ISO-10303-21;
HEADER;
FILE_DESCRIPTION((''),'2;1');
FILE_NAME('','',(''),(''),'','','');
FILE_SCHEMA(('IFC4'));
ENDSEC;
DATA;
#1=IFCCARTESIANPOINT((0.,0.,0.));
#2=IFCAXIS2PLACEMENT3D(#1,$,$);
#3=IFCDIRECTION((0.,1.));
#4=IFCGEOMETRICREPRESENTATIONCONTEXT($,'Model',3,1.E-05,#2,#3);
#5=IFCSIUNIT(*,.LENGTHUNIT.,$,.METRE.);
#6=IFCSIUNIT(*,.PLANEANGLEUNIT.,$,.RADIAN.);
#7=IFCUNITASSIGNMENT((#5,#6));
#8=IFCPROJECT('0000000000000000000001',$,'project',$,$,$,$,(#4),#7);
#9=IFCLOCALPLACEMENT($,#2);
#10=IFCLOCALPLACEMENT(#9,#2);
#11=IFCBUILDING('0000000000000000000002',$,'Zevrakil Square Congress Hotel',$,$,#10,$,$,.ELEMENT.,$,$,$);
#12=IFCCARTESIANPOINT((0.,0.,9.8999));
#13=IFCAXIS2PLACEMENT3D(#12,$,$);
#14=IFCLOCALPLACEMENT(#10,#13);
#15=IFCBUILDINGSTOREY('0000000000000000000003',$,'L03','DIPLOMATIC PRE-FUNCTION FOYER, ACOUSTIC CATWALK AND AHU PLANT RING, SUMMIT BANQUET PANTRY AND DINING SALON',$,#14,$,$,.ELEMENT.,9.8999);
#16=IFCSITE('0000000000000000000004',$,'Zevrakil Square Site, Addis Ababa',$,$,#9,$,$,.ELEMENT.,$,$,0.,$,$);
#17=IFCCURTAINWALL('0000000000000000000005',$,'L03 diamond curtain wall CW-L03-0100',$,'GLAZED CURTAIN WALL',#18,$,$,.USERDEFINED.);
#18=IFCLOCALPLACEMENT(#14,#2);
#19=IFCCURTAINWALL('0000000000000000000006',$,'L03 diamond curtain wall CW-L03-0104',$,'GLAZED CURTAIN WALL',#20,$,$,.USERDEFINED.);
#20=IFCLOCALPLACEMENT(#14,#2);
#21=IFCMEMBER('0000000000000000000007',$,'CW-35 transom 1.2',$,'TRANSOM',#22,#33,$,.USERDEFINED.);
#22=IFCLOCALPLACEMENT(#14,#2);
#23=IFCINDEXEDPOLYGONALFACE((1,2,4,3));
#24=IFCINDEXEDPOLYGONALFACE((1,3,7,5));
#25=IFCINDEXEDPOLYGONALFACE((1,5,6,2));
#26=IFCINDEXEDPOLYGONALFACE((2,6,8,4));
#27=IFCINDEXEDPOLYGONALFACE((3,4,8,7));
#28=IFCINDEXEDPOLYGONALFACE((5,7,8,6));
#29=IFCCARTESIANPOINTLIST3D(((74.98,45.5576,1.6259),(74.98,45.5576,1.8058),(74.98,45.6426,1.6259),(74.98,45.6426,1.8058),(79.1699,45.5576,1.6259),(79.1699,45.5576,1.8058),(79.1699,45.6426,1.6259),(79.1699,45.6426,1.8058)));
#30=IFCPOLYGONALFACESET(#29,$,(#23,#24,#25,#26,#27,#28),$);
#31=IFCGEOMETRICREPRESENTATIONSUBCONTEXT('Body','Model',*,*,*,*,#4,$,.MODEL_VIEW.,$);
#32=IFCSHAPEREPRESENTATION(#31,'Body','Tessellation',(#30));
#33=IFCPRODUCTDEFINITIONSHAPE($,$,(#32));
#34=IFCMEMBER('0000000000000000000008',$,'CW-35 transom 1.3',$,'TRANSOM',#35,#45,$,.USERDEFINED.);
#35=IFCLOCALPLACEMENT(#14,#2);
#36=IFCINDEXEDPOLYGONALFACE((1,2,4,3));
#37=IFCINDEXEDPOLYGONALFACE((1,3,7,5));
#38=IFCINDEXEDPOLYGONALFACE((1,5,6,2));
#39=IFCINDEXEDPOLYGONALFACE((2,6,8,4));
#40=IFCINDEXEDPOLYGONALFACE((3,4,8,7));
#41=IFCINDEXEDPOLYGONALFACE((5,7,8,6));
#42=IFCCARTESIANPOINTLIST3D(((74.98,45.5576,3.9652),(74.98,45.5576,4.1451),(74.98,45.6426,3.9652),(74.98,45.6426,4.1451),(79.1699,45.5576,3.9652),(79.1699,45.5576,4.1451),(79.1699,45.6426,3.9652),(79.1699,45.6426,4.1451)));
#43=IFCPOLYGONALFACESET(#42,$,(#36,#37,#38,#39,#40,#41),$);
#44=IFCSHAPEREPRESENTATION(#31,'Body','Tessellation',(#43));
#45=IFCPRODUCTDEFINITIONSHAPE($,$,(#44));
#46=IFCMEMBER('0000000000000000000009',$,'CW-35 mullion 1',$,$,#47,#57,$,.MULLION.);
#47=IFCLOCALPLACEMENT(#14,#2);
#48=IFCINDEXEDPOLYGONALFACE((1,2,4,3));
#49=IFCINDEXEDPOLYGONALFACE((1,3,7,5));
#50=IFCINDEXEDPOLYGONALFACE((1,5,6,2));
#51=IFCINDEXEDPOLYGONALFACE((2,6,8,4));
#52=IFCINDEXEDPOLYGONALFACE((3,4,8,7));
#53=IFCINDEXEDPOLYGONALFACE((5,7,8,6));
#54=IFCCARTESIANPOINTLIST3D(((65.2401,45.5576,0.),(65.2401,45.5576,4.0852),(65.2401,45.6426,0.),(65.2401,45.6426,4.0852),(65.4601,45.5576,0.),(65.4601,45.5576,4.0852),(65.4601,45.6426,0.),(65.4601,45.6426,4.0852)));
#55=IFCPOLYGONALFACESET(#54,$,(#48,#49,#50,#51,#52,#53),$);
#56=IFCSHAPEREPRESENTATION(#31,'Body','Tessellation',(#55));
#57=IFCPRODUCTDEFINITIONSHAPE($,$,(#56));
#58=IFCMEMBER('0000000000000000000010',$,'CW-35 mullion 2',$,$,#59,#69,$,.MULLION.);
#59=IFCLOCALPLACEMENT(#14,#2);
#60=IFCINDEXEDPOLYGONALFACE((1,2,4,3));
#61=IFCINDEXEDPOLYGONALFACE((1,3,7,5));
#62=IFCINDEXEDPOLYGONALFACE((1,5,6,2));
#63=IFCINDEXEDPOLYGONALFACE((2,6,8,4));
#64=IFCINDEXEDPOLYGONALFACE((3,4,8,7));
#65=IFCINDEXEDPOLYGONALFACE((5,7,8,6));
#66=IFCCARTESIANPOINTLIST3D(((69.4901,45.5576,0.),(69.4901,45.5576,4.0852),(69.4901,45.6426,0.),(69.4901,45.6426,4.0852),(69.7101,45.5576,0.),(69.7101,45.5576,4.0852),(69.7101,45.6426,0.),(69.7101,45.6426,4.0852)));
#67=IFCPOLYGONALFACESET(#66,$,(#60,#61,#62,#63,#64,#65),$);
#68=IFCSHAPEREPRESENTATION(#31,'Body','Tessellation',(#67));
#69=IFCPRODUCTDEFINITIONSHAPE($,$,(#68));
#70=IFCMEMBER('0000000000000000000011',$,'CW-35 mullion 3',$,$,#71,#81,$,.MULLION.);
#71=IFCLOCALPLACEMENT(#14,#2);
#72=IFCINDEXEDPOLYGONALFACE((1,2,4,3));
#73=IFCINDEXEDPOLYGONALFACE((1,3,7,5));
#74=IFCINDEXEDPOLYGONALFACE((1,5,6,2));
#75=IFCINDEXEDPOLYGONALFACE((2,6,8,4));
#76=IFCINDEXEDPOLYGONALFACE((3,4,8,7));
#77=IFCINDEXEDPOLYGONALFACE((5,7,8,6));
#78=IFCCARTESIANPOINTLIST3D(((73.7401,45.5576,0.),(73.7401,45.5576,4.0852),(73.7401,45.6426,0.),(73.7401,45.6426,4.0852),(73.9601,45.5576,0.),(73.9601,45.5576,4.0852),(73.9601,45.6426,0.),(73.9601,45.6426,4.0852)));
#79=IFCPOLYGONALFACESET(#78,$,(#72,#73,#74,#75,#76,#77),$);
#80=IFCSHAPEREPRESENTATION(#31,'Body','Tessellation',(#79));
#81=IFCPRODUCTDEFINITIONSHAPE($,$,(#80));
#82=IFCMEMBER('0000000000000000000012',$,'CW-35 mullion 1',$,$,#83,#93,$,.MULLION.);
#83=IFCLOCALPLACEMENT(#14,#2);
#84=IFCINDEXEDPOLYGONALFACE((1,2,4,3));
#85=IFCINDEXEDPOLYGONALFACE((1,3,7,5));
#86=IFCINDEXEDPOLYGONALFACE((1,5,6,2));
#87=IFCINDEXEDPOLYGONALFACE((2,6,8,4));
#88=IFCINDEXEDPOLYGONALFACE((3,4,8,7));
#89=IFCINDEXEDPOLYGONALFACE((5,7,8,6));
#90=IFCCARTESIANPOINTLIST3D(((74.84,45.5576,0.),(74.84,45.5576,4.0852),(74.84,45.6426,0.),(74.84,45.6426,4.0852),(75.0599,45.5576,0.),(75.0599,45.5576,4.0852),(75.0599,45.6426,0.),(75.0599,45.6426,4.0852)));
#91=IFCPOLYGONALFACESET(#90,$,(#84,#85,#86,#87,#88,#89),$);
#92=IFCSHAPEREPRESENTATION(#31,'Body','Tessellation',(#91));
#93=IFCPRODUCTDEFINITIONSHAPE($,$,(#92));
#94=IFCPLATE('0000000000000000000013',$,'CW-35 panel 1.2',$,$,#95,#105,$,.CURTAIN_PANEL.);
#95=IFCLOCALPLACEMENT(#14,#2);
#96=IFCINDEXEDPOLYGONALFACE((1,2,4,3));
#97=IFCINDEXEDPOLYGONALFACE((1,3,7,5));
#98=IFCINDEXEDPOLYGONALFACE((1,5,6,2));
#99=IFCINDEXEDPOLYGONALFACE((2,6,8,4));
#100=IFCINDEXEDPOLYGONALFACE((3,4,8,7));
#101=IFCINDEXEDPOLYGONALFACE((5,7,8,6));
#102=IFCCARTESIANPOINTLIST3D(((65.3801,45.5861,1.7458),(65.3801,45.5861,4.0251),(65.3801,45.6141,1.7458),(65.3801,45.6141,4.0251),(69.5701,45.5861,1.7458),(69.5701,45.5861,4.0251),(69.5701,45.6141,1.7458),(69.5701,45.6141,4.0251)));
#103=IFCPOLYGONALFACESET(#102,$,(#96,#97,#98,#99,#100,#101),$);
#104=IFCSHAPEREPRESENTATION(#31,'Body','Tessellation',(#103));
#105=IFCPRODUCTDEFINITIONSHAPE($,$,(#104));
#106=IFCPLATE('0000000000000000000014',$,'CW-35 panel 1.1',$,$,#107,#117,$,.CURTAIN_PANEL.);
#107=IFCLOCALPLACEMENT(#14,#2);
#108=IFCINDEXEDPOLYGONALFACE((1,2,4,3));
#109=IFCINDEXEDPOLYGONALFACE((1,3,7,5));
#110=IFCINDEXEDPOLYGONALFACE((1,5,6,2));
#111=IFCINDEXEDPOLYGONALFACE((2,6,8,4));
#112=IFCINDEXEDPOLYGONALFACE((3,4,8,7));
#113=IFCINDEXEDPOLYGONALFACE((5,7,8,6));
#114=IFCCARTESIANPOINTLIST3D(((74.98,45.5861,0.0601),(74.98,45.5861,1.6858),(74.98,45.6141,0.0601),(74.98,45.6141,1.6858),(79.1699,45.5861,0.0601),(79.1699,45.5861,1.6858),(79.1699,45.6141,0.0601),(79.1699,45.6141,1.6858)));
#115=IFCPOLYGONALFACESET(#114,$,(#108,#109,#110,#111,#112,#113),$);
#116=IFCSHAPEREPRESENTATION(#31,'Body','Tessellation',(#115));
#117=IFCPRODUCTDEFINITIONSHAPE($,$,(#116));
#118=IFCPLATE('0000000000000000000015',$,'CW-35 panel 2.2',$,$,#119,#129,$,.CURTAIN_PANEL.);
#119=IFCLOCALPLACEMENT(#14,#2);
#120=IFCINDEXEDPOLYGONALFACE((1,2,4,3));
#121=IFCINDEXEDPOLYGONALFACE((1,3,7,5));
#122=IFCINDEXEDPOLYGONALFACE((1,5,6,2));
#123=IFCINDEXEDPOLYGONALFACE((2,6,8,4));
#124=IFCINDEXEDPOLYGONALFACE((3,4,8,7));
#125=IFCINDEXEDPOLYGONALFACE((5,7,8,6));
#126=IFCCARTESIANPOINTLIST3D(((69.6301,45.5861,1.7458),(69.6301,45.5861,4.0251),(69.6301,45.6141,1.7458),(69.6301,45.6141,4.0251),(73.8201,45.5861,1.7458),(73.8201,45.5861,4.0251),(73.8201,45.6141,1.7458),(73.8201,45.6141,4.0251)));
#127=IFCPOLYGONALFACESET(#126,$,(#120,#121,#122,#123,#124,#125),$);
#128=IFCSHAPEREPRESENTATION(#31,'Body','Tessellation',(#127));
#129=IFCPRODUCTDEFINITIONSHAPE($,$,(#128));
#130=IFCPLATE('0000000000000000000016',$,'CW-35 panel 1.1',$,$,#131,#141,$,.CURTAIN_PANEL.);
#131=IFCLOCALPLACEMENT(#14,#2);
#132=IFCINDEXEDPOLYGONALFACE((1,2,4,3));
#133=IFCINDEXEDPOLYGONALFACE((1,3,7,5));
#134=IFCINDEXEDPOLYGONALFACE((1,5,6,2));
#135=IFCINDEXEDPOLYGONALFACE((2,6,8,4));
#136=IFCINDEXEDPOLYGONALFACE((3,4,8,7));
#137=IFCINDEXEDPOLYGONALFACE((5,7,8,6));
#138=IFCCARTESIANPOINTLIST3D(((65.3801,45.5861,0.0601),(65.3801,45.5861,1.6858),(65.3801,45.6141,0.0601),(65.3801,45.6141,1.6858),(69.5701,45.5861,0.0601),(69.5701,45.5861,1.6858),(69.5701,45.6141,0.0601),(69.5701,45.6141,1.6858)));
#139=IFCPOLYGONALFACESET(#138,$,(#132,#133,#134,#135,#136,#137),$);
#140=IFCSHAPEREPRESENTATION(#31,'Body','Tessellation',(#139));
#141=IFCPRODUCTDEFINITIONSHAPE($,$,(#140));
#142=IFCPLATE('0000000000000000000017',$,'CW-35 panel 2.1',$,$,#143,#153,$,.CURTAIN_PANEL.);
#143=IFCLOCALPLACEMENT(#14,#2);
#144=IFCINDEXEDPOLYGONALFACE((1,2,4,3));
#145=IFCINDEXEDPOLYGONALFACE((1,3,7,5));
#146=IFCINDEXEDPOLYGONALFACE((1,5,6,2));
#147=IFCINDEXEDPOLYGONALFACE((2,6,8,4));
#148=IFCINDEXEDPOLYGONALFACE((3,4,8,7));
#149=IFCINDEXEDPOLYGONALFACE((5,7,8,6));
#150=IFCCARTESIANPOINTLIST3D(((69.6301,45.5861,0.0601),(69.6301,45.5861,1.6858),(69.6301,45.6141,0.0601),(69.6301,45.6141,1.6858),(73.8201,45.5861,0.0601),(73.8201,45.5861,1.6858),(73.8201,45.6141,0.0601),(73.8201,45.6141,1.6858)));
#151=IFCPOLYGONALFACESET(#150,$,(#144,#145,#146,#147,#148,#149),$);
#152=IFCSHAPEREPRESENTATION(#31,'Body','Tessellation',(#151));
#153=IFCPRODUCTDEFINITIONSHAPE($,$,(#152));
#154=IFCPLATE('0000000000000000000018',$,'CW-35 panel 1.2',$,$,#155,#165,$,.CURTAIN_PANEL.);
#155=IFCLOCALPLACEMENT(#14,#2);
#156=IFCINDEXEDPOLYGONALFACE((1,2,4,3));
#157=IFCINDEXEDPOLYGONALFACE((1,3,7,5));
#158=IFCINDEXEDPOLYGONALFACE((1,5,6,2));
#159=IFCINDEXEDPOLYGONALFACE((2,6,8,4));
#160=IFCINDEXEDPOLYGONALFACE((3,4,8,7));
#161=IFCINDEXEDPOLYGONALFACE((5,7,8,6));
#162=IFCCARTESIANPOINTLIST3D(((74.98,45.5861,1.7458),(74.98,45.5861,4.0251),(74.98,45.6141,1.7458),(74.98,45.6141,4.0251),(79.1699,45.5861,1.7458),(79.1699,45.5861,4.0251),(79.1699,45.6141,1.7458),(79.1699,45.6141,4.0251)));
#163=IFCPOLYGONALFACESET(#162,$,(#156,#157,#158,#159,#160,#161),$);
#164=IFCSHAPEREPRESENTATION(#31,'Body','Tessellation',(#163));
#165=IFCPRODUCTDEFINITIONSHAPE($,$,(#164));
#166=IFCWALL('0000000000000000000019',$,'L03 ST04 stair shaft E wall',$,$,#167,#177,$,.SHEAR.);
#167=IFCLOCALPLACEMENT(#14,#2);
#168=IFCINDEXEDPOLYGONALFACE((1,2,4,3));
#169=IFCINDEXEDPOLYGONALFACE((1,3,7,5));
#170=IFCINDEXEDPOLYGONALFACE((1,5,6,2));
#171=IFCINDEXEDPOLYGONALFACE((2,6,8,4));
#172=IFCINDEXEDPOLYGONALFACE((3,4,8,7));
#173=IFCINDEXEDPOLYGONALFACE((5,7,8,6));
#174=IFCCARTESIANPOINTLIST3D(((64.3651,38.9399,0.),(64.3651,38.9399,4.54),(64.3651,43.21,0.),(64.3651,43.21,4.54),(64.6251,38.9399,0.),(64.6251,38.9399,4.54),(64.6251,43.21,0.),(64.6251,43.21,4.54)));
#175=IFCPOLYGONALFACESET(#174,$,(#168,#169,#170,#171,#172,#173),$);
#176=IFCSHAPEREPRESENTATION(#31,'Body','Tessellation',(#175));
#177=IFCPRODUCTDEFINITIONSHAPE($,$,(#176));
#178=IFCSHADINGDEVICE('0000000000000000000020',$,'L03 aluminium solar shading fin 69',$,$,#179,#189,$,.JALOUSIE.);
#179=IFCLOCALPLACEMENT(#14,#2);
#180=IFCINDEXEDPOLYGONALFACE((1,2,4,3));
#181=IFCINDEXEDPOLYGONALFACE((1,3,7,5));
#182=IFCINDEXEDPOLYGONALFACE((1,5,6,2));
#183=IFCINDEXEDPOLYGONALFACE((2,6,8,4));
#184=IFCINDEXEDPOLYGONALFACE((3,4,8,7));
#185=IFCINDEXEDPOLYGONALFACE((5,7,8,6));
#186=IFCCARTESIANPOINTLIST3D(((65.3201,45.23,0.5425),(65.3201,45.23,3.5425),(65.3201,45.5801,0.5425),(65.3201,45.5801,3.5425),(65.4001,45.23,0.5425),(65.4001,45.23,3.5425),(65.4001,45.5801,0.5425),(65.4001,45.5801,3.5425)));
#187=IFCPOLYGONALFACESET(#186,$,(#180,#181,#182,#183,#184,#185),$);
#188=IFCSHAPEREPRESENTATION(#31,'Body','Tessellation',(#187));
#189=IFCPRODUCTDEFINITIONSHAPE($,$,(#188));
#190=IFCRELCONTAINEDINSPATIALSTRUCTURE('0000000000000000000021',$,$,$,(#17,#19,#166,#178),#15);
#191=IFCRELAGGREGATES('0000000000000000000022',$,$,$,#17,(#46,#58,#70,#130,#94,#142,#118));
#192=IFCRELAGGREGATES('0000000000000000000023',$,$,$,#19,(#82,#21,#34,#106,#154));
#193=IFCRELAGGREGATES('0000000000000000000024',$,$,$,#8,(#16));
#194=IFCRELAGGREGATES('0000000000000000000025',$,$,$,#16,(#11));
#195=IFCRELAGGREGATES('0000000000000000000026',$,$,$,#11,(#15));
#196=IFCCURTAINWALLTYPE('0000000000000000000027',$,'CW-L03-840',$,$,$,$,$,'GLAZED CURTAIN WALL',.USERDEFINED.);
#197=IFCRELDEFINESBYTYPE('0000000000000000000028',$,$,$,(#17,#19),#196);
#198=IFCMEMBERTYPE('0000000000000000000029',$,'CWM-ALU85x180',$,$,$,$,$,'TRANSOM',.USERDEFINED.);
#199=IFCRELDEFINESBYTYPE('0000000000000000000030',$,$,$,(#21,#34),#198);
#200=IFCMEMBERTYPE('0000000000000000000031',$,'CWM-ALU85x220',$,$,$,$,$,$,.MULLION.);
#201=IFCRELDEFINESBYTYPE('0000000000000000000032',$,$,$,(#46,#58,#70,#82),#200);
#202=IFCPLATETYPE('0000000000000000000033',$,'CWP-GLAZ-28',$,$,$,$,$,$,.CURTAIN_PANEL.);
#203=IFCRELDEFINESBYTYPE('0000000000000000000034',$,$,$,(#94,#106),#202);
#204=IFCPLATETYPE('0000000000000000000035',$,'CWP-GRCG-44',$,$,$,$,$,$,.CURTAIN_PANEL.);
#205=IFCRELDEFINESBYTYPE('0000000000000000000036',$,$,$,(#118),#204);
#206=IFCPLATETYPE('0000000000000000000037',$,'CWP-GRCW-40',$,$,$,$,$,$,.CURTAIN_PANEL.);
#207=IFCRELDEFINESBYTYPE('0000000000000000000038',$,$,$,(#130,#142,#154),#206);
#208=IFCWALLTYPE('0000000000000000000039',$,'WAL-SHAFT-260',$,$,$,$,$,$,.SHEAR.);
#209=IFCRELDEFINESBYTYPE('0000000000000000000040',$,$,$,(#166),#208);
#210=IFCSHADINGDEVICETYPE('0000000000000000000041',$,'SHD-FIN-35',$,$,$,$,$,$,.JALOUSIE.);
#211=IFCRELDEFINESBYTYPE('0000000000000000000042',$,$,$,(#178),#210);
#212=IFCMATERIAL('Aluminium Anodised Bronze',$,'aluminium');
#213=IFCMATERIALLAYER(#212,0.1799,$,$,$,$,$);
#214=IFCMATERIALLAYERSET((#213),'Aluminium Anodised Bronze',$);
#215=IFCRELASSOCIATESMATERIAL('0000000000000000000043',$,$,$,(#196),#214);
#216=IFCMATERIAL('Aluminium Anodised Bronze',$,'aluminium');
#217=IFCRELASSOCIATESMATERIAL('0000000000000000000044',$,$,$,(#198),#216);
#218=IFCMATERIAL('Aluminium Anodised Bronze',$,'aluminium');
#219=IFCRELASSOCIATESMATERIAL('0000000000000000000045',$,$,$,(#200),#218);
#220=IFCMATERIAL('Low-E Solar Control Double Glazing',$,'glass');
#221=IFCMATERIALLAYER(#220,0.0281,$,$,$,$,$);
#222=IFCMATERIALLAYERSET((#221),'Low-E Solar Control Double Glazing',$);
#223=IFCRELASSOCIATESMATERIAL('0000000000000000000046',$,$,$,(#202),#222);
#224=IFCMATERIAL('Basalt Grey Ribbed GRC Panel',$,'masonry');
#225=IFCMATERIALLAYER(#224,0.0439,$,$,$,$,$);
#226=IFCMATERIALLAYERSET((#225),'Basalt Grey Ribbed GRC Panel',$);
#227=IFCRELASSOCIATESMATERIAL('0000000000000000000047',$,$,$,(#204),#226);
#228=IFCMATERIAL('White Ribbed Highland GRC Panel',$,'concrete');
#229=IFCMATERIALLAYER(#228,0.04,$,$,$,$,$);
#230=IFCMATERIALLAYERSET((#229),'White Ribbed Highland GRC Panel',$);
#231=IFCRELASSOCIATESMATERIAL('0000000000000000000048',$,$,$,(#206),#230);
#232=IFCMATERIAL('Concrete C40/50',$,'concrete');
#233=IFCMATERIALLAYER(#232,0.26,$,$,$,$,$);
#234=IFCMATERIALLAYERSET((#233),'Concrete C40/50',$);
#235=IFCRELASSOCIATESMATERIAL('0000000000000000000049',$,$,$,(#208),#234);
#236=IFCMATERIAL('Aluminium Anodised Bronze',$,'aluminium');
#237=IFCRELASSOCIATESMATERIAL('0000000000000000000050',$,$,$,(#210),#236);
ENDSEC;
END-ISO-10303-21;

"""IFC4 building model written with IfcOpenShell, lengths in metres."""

from ifc_helpers import new_model, si_unit, direction, frame, frame_2d, origin, origin_2d, place, context, subcontext, project, spatial, rectangle, extrude, material, layer, layer_set, material_profile, profile_set, type_object, element, aggregate, save


model = new_model("IFC4")

# Units and contexts
model_context = context("Model", 3, precision=1e-05, world=origin(), true_north=direction((0.0, 1.0)))
body_context = subcontext(model_context, "Body", "Model", "MODEL_VIEW")
ifc_project = project(units=[si_unit("LENGTHUNIT", "METRE"), si_unit("PLANEANGLEUNIT", "RADIAN")], contexts=[model_context])

# Site, building, storey
site_placement = place(None, origin())
site = spatial("IfcSite", under=ifc_project, at=site_placement, Name="Zevrakil Square Site, Addis Ababa", CompositionType="ELEMENT", RefElevation=0.0)
building_placement = place(site_placement, origin())
building = spatial("IfcBuilding", under=site, at=building_placement, Name="Zevrakil Square Congress Hotel", CompositionType="ELEMENT")
storey_placement = place(building_placement, frame((0.0, 0.0, 9.8999)))
storey = spatial("IfcBuildingStorey", under=building, at=storey_placement, Name="L03", Description="DIPLOMATIC PRE-FUNCTION FOYER, ACOUSTIC CATWALK AND AHU PLANT RING, SUMMIT BANQUET PANTRY AND DINING SALON", CompositionType="ELEMENT", Elevation=9.8999)

# Curtain walls, members
ifc_material_1 = material(Name="Aluminium Anodised Bronze", Category="aluminium")
ifc_layer_1 = layer(ifc_material_1, 0.1799)
ifc_layer_set_1 = layer_set([ifc_layer_1], Name="Aluminium Anodised Bronze")
curtain_wall_type = type_object("IfcCurtainWallType", Name="CW-L03-840", ElementType="GLAZED CURTAIN WALL", PredefinedType="USERDEFINED", material=ifc_layer_set_1)
curtain_wall_1_placement = place(storey_placement, origin())
curtain_wall_1 = element("IfcCurtainWall", 1, at=curtain_wall_1_placement, inside=storey, type_object=curtain_wall_type, Name="L03 diamond curtain wall CW-L03-0100", ObjectType="GLAZED CURTAIN WALL", PredefinedType="USERDEFINED")
ifc_material_2 = material(Name="Aluminium Anodised Bronze", Category="aluminium")
ifc_material_profile_1 = material_profile(ifc_material_2, rectangle(XDim=0.085, YDim=0.1799, at=origin_2d()), Name="ALU 85x180")
ifc_profile_set_1 = profile_set([ifc_material_profile_1], Name="Aluminium Anodised Bronze")
member_type_1 = type_object("IfcMemberType", Name="CWM-ALU85x180", ElementType="TRANSOM", PredefinedType="USERDEFINED", material=ifc_profile_set_1)
curtain_wall_2_placement = place(storey_placement, origin())
curtain_wall_2 = element("IfcCurtainWall", 2, at=curtain_wall_2_placement, inside=storey, type_object=curtain_wall_type, Name="L03 diamond curtain wall CW-L03-0104", ObjectType="GLAZED CURTAIN WALL", PredefinedType="USERDEFINED")
member_1_placement = place(storey_placement, frame((74.98, 45.6001, 1.7158), z_axis=(1.0, 0.0, 0.0), x_axis=(0.0, 1.0, 0.0)))
member_1 = element("IfcMember", 3, at=member_1_placement, type_object=member_type_1, Name="CW-35 transom 1.2", ObjectType="TRANSOM", PredefinedType="USERDEFINED", context=body_context, shape_type="SweptSolid", body=[
    extrude(rectangle(XDim=0.085, YDim=0.1799, at=origin_2d()), origin(), (0.0, 0.0, 1.0), 4.1899),
])
member_2_placement = place(storey_placement, frame((74.98, 45.6001, 4.0552), z_axis=(1.0, 0.0, 0.0), x_axis=(0.0, 1.0, 0.0)))
member_2 = element("IfcMember", 4, at=member_2_placement, type_object=member_type_1, Name="CW-35 transom 1.3", ObjectType="TRANSOM", PredefinedType="USERDEFINED", context=body_context, shape_type="SweptSolid", body=[
    extrude(rectangle(XDim=0.085, YDim=0.1799, at=origin_2d()), origin(), (0.0, 0.0, 1.0), 4.1899),
])

# Members
ifc_material_3 = material(Name="Aluminium Anodised Bronze", Category="aluminium")
ifc_material_profile_2 = material_profile(ifc_material_3, rectangle(XDim=0.085, YDim=0.22, at=origin_2d()), Name="ALU 85x220")
ifc_profile_set_2 = profile_set([ifc_material_profile_2], Name="Aluminium Anodised Bronze")
member_type_2 = type_object("IfcMemberType", Name="CWM-ALU85x220", PredefinedType="MULLION", material=ifc_profile_set_2)
member_3_placement = place(storey_placement, frame((65.3501, 45.6001, 0.0), z_axis=(0.0, 0.0, 1.0), x_axis=(0.0, 1.0, 0.0)))
member_3 = element("IfcMember", 5, at=member_3_placement, type_object=member_type_2, Name="CW-35 mullion 1", PredefinedType="MULLION", context=body_context, shape_type="SweptSolid", body=[
    extrude(rectangle(XDim=0.085, YDim=0.22, at=origin_2d()), origin(), (0.0, 0.0, 1.0), 4.0852),
])
member_4_placement = place(storey_placement, frame((69.6001, 45.6001, 0.0), z_axis=(0.0, 0.0, 1.0), x_axis=(0.0, 1.0, 0.0)))
member_4 = element("IfcMember", 6, at=member_4_placement, type_object=member_type_2, Name="CW-35 mullion 2", PredefinedType="MULLION", context=body_context, shape_type="SweptSolid", body=[
    extrude(rectangle(XDim=0.085, YDim=0.22, at=origin_2d()), origin(), (0.0, 0.0, 1.0), 4.0852),
])
member_5_placement = place(storey_placement, frame((73.8501, 45.6001, 0.0), z_axis=(0.0, 0.0, 1.0), x_axis=(0.0, 1.0, 0.0)))
member_5 = element("IfcMember", 7, at=member_5_placement, type_object=member_type_2, Name="CW-35 mullion 3", PredefinedType="MULLION", context=body_context, shape_type="SweptSolid", body=[
    extrude(rectangle(XDim=0.085, YDim=0.22, at=origin_2d()), origin(), (0.0, 0.0, 1.0), 4.0852),
])
member_6_placement = place(storey_placement, frame((74.95, 45.6001, 0.0), z_axis=(0.0, 0.0, 1.0), x_axis=(0.0, 1.0, 0.0)))
member_6 = element("IfcMember", 8, at=member_6_placement, type_object=member_type_2, Name="CW-35 mullion 1", PredefinedType="MULLION", context=body_context, shape_type="SweptSolid", body=[
    extrude(rectangle(XDim=0.085, YDim=0.22, at=origin_2d()), origin(), (0.0, 0.0, 1.0), 4.0852),
])

# Plates
ifc_material_4 = material(Name="Low-E Solar Control Double Glazing", Category="glass")
ifc_layer_2 = layer(ifc_material_4, 0.0281)
ifc_layer_set_2 = layer_set([ifc_layer_2], Name="Low-E Solar Control Double Glazing")
plate_type_1 = type_object("IfcPlateType", Name="CWP-GLAZ-28", PredefinedType="CURTAIN_PANEL", material=ifc_layer_set_2)
plate_1_placement = place(storey_placement, frame((67.4751, 45.6001, 1.7458), z_axis=(0.0, 0.0, 1.0), x_axis=(1.0, 0.0, 0.0)))
plate_1 = element("IfcPlate", 9, at=plate_1_placement, type_object=plate_type_1, Name="CW-35 panel 1.2", PredefinedType="CURTAIN_PANEL", context=body_context, shape_type="SweptSolid", body=[
    extrude(rectangle(XDim=4.1899, YDim=0.0281, at=origin_2d()), origin(), (0.0, 0.0, 1.0), 2.2793),
])
plate_2_placement = place(storey_placement, frame((77.075, 45.6001, 0.0601), z_axis=(0.0, 0.0, 1.0), x_axis=(1.0, 0.0, 0.0)))
plate_2 = element("IfcPlate", 10, at=plate_2_placement, type_object=plate_type_1, Name="CW-35 panel 1.1", PredefinedType="CURTAIN_PANEL", context=body_context, shape_type="SweptSolid", body=[
    extrude(rectangle(XDim=4.1899, YDim=0.0281, at=origin_2d()), origin(), (0.0, 0.0, 1.0), 1.6257),
])
ifc_material_5 = material(Name="Basalt Grey Ribbed GRC Panel", Category="masonry")
ifc_layer_3 = layer(ifc_material_5, 0.0439)
ifc_layer_set_3 = layer_set([ifc_layer_3], Name="Basalt Grey Ribbed GRC Panel")
plate_type_2 = type_object("IfcPlateType", Name="CWP-GRCG-44", PredefinedType="CURTAIN_PANEL", material=ifc_layer_set_3)
plate_3_placement = place(storey_placement, frame((71.7251, 45.6001, 1.7458), z_axis=(0.0, 0.0, 1.0), x_axis=(1.0, 0.0, 0.0)))
plate_3 = element("IfcPlate", 11, at=plate_3_placement, type_object=plate_type_2, Name="CW-35 panel 2.2", PredefinedType="CURTAIN_PANEL", context=body_context, shape_type="SweptSolid", body=[
    extrude(rectangle(XDim=4.1899, YDim=0.0281, at=origin_2d()), origin(), (0.0, 0.0, 1.0), 2.2793),
])
ifc_material_6 = material(Name="White Ribbed Highland GRC Panel", Category="concrete")
ifc_layer_4 = layer(ifc_material_6, 0.04)
ifc_layer_set_4 = layer_set([ifc_layer_4], Name="White Ribbed Highland GRC Panel")
plate_type_3 = type_object("IfcPlateType", Name="CWP-GRCW-40", PredefinedType="CURTAIN_PANEL", material=ifc_layer_set_4)
plate_4_placement = place(storey_placement, frame((67.4751, 45.6001, 0.0601), z_axis=(0.0, 0.0, 1.0), x_axis=(1.0, 0.0, 0.0)))
plate_4 = element("IfcPlate", 12, at=plate_4_placement, type_object=plate_type_3, Name="CW-35 panel 1.1", PredefinedType="CURTAIN_PANEL", context=body_context, shape_type="SweptSolid", body=[
    extrude(rectangle(XDim=4.1899, YDim=0.0281, at=origin_2d()), origin(), (0.0, 0.0, 1.0), 1.6257),
])
plate_5_placement = place(storey_placement, frame((71.7251, 45.6001, 0.0601), z_axis=(0.0, 0.0, 1.0), x_axis=(1.0, 0.0, 0.0)))
plate_5 = element("IfcPlate", 13, at=plate_5_placement, type_object=plate_type_3, Name="CW-35 panel 2.1", PredefinedType="CURTAIN_PANEL", context=body_context, shape_type="SweptSolid", body=[
    extrude(rectangle(XDim=4.1899, YDim=0.0281, at=origin_2d()), origin(), (0.0, 0.0, 1.0), 1.6257),
])
aggregate(curtain_wall_1, [member_3, member_4, member_5, plate_4, plate_1, plate_5, plate_3])
plate_6_placement = place(storey_placement, frame((77.075, 45.6001, 1.7458), z_axis=(0.0, 0.0, 1.0), x_axis=(1.0, 0.0, 0.0)))
plate_6 = element("IfcPlate", 14, at=plate_6_placement, type_object=plate_type_3, Name="CW-35 panel 1.2", PredefinedType="CURTAIN_PANEL", context=body_context, shape_type="SweptSolid", body=[
    extrude(rectangle(XDim=4.1899, YDim=0.0281, at=origin_2d()), origin(), (0.0, 0.0, 1.0), 2.2793),
])
aggregate(curtain_wall_2, [member_6, member_1, member_2, plate_2, plate_6])

# Wall
ifc_material_7 = material(Name="Concrete C40/50", Category="concrete")
ifc_layer_5 = layer(ifc_material_7, 0.26)
ifc_layer_set_5 = layer_set([ifc_layer_5], Name="Concrete C40/50")
wall_type = type_object("IfcWallType", Name="WAL-SHAFT-260", PredefinedType="SHEAR", material=ifc_layer_set_5)
wall_placement = place(storey_placement, frame((64.4951, 38.9399, 0.0), z_axis=(0.0, 0.0, 1.0), x_axis=(0.0, 1.0, 0.0)))
element("IfcWall", 15, at=wall_placement, inside=storey, type_object=wall_type, Name="L03 ST04 stair shaft E wall", PredefinedType="SHEAR", context=body_context, shape_type="SweptSolid", body=[
    extrude(rectangle(XDim=4.27, YDim=0.26, at=frame_2d((2.135, 0.0))), origin(), (0.0, 0.0, 1.0), 4.54),
])

# Shading device
ifc_material_8 = material(Name="Aluminium Anodised Bronze", Category="aluminium")
shading_device_type = type_object("IfcShadingDeviceType", Name="SHD-FIN-35", PredefinedType="JALOUSIE", material=ifc_material_8)
for number, where, z_axis, x_axis, name in (
    (16, (65.3601, 45.405, 0.5425), (0.0, 0.0, 1.0), (0.0, -1.0, 0.0), "L03 aluminium solar shading fin 69"),
):
    element("IfcShadingDevice", number, at=place(storey_placement, frame(where, z_axis=z_axis, x_axis=x_axis)), inside=storey, type_object=shading_device_type, Name=name, PredefinedType="JALOUSIE", context=body_context, shape_type="SweptSolid", body=[
        extrude(rectangle(XDim=0.3501, YDim=0.0801, at=origin_2d()), origin(), (0.0, 0.0, 1.0), 3.0),
    ])

save(model, "model.ifc")
